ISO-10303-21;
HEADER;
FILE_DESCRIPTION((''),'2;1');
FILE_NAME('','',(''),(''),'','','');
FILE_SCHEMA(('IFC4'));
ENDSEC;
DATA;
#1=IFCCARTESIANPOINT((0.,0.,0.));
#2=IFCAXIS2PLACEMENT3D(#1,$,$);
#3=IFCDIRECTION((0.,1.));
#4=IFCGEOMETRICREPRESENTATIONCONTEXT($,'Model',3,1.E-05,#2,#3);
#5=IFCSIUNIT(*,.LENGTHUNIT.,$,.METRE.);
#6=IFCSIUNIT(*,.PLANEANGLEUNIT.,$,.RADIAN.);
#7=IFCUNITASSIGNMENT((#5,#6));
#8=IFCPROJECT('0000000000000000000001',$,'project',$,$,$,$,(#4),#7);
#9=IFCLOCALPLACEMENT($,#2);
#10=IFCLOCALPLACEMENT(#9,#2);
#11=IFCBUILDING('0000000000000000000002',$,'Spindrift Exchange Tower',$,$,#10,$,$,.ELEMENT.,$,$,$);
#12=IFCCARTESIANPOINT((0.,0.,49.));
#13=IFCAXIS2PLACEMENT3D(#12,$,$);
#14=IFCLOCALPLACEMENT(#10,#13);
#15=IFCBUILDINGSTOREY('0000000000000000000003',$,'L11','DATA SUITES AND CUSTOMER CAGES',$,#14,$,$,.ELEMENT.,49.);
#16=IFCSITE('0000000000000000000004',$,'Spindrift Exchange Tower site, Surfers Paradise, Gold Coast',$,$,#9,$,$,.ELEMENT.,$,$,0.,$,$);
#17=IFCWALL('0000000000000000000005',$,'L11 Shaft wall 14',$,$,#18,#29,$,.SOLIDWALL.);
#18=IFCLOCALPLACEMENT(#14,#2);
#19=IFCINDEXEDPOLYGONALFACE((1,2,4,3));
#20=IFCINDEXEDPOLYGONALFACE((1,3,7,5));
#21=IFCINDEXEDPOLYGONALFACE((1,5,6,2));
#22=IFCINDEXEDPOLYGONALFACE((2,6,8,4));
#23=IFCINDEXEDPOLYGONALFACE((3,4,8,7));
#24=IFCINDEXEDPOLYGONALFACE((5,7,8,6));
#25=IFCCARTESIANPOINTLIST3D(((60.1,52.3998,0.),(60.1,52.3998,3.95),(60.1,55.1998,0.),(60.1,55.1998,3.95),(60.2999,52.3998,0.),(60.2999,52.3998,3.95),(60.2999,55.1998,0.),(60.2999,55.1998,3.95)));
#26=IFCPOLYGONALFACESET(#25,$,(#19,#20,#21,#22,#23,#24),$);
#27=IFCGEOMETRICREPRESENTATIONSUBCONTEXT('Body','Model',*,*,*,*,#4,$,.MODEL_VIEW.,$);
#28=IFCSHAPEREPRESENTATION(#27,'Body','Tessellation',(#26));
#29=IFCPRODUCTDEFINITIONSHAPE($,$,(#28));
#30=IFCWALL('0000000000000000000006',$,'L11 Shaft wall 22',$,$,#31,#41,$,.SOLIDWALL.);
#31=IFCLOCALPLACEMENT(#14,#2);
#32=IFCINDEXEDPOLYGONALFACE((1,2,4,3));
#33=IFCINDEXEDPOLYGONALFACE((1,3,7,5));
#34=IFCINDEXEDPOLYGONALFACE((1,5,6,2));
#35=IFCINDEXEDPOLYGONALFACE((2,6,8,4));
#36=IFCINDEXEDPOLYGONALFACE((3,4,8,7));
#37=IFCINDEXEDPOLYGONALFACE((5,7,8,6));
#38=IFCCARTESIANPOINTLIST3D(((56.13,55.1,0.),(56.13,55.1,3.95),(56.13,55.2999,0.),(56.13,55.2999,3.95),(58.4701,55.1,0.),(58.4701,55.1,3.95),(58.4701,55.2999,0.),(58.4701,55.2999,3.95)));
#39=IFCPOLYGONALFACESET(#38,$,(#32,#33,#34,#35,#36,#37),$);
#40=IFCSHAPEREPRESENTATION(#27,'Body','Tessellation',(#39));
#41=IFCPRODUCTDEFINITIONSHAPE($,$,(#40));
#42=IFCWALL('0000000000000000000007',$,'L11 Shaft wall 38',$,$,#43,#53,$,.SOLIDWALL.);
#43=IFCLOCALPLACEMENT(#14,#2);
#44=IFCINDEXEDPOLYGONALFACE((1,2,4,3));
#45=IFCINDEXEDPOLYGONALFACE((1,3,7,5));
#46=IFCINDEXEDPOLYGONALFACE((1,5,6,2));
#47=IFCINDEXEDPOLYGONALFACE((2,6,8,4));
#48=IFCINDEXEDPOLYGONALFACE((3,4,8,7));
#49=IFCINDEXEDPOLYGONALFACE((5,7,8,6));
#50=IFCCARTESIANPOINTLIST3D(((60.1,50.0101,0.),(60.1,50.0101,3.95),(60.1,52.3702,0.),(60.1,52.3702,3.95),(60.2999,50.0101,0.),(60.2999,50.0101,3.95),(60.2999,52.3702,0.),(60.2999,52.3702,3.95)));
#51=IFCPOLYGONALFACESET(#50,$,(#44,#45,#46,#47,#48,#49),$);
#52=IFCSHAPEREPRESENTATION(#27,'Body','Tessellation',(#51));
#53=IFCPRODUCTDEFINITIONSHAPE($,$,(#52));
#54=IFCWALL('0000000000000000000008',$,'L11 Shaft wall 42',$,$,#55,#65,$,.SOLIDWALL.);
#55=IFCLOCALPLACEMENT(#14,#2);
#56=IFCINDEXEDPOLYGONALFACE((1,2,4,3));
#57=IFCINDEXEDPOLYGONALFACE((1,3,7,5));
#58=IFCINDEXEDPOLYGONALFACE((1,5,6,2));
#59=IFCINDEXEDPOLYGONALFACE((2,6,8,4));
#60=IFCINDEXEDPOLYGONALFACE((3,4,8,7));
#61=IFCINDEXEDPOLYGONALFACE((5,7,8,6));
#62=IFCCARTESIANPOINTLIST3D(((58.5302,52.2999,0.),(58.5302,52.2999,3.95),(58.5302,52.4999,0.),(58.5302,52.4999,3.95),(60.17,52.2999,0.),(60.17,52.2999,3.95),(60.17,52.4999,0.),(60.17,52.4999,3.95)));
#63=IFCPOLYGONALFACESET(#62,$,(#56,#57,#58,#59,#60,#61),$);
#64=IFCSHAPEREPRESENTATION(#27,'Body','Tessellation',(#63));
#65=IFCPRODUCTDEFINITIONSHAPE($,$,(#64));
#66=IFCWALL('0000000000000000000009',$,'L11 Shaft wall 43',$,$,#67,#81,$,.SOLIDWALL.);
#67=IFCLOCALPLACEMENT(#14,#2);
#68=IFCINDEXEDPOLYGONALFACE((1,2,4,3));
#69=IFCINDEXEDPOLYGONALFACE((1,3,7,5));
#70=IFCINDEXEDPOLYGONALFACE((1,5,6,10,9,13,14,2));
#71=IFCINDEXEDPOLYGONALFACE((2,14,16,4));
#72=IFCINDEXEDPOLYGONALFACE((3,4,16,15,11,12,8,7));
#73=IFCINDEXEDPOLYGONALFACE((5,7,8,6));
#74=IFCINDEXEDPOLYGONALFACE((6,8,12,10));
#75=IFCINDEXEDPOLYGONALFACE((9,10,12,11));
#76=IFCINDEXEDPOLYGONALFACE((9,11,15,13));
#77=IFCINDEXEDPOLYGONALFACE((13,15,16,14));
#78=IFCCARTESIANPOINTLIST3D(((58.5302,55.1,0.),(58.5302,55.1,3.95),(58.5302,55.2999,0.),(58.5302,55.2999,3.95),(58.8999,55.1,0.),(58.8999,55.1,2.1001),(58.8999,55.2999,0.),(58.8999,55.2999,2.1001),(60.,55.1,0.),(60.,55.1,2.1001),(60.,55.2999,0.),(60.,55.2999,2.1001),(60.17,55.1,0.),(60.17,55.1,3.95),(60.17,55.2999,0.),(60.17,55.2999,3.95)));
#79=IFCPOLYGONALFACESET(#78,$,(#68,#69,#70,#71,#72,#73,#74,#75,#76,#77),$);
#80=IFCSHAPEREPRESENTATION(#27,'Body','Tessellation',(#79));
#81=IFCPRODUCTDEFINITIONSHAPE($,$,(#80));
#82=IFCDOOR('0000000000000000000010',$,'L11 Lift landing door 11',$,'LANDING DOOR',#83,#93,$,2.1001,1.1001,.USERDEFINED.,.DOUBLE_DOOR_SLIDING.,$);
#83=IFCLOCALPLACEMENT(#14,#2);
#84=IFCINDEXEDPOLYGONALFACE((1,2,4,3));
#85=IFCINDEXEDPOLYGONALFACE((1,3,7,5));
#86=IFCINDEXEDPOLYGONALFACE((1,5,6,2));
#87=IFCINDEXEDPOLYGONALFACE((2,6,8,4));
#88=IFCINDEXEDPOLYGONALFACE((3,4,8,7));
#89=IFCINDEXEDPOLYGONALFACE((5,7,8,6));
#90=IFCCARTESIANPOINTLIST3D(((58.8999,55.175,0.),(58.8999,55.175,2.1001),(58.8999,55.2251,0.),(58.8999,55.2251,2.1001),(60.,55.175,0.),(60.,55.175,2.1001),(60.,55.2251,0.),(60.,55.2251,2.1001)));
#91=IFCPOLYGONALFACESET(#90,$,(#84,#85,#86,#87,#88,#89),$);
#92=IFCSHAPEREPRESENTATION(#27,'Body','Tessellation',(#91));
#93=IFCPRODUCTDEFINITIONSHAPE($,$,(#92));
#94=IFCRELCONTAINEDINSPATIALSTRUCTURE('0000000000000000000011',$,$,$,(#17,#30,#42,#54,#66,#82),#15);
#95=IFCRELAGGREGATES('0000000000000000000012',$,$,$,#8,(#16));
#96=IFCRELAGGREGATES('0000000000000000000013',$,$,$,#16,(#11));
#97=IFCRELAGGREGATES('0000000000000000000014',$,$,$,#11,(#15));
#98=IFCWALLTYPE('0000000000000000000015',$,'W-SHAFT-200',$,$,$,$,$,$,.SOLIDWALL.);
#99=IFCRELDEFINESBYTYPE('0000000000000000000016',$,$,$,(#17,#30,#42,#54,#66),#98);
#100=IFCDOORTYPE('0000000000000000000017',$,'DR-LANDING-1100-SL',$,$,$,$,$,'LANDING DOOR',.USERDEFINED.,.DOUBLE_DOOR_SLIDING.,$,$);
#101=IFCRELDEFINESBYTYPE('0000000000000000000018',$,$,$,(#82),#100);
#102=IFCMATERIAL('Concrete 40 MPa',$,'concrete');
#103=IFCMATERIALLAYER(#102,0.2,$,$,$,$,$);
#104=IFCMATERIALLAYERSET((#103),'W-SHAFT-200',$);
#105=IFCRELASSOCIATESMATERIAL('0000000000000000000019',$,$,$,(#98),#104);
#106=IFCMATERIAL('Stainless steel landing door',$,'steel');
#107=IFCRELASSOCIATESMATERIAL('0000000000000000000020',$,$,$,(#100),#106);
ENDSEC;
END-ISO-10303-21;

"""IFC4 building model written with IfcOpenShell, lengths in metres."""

from ifc_helpers import new_model, si_unit, direction, frame, frame_2d, origin, place, context, subcontext, project, spatial, rectangle, extrude, source, transform, mapped, material, layer, layer_set, type_object, element, fill, save


model = new_model("IFC4")

# Units and contexts
model_context = context("Model", 3, precision=1e-05, world=origin(), true_north=direction((0.0, 1.0)))
body_context = subcontext(model_context, "Body", "Model", "MODEL_VIEW")
ifc_project = project(units=[si_unit("LENGTHUNIT", "METRE"), si_unit("PLANEANGLEUNIT", "RADIAN")], contexts=[model_context])

# Site, building, storey
site_placement = place(None, origin())
site = spatial("IfcSite", under=ifc_project, at=site_placement, Name="Spindrift Exchange Tower site, Surfers Paradise, Gold Coast", CompositionType="ELEMENT", RefElevation=0.0)
building_placement = place(site_placement, origin())
building = spatial("IfcBuilding", under=site, at=building_placement, Name="Spindrift Exchange Tower", CompositionType="ELEMENT")
storey_placement = place(building_placement, frame((0.0, 0.0, 49.0)))
storey = spatial("IfcBuildingStorey", under=building, at=storey_placement, Name="L11", Description="DATA SUITES AND CUSTOMER CAGES", CompositionType="ELEMENT", Elevation=49.0)

# Walls
ifc_material_1 = material(Name="Concrete 40 MPa", Category="concrete")
ifc_layer_1 = layer(ifc_material_1, 0.2)
ifc_layer_set_1 = layer_set([ifc_layer_1], Name="W-SHAFT-200")
wall_type_1 = type_object("IfcWallType", Name="W-SHAFT-200", PredefinedType="SOLIDWALL", material=ifc_layer_set_1)
for number, where, z_axis, x_axis, name in (
    (1, (60.2, 52.3999, 0.0), (0.0, 0.0, 1.0), (0.0, 1.0, 0.0), "L11 Shaft wall 14"),
):
    element("IfcWall", number, at=place(storey_placement, frame(where, z_axis=z_axis, x_axis=x_axis)), inside=storey, type_object=wall_type_1, Name=name, PredefinedType="SOLIDWALL", context=body_context, shape_type="SweptSolid", body=[
        extrude(rectangle(XDim=2.8, YDim=0.2, at=frame_2d((1.3999, 0.0))), origin(), (0.0, 0.0, 1.0), 3.95),
    ])
wall_1_placement = place(storey_placement, frame((58.47, 55.2, 0.0), z_axis=(0.0, 0.0, 1.0), x_axis=(-1.0, 0.0, 0.0)))
element("IfcWall", 2, at=wall_1_placement, inside=storey, type_object=wall_type_1, Name="L11 Shaft wall 22", PredefinedType="SOLIDWALL", context=body_context, shape_type="SweptSolid", body=[
    extrude(rectangle(XDim=2.3401, YDim=0.2, at=frame_2d((1.1699, 0.0))), origin(), (0.0, 0.0, 1.0), 3.95),
])
wall_2_placement = place(storey_placement, frame((60.2, 50.01, 0.0), z_axis=(0.0, 0.0, 1.0), x_axis=(0.0, 1.0, 0.0)))
element("IfcWall", 3, at=wall_2_placement, inside=storey, type_object=wall_type_1, Name="L11 Shaft wall 38", PredefinedType="SOLIDWALL", context=body_context, shape_type="SweptSolid", body=[
    extrude(rectangle(XDim=2.3601, YDim=0.2, at=frame_2d((1.1802, 0.0))), origin(), (0.0, 0.0, 1.0), 3.95),
])
wall_3_placement = place(storey_placement, frame((60.1699, 52.3999, 0.0), z_axis=(0.0, 0.0, 1.0), x_axis=(-1.0, 0.0, 0.0)))
element("IfcWall", 4, at=wall_3_placement, inside=storey, type_object=wall_type_1, Name="L11 Shaft wall 42", PredefinedType="SOLIDWALL", context=body_context, shape_type="SweptSolid", body=[
    extrude(rectangle(XDim=1.6399, YDim=0.2, at=frame_2d((0.8198, 0.0))), origin(), (0.0, 0.0, 1.0), 3.95),
])

# Wall, opening, door
wall_4_placement = place(storey_placement, frame((60.1699, 55.2, 0.0), z_axis=(0.0, 0.0, 1.0), x_axis=(-1.0, 0.0, 0.0)))
wall_4 = element("IfcWall", 5, at=wall_4_placement, inside=storey, type_object=wall_type_1, Name="L11 Shaft wall 43", PredefinedType="SOLIDWALL", context=body_context, shape_type="SweptSolid", body=[
    extrude(rectangle(XDim=1.6399, YDim=0.2, at=frame_2d((0.8198, 0.0))), origin(), (0.0, 0.0, 1.0), 3.95),
])
opening_1_placement = place(wall_4_placement, frame((0.1699, 0.0, 0.0)))
opening_1 = element("IfcOpeningElement", 6, at=opening_1_placement, cuts=wall_4, PredefinedType="OPENING", context=body_context, shape_type="SweptSolid", body=[
    extrude(rectangle(XDim=1.1001, YDim=2.1001, at=frame_2d((0.55, 1.05))), frame((0.0, 0.1099, 0.0), z_axis=(0.0, -1.0, 0.0), x_axis=(1.0, 0.0, 0.0)), (0.0, 0.0, 1.0), 0.22),
])
ifc_material_2 = material(Name="Stainless steel landing door", Category="steel")
door_type_1 = type_object("IfcDoorType", Name="DR-LANDING-1100-SL", ElementType="LANDING DOOR", OperationType="DOUBLE_DOOR_SLIDING", PredefinedType="USERDEFINED", material=ifc_material_2)
shared_shape_1 = source(origin(), body_context, "Body", "SweptSolid", [
    extrude(rectangle(XDim=1.1001, YDim=2.1001, at=frame_2d((0.55, 1.05))), frame((0.0, 0.0249, 0.0), z_axis=(0.0, -1.0, 0.0), x_axis=(1.0, 0.0, 0.0)), (0.0, 0.0, 1.0), 0.05),
])
door_1_placement = place(opening_1_placement, origin())
door_1 = element("IfcDoor", 7, at=door_1_placement, inside=storey, type_object=door_type_1, Name="L11 Lift landing door 11", ObjectType="LANDING DOOR", OperationType="DOUBLE_DOOR_SLIDING", OverallHeight=2.1001, OverallWidth=1.1001, PredefinedType="USERDEFINED", context=body_context, shape_type="MappedRepresentation", body=[
    mapped(shared_shape_1, transform((0.0, 0.0, 0.0), scale=1.0)),
])
fill(opening_1, door_1)

save(model, "model.ifc")
